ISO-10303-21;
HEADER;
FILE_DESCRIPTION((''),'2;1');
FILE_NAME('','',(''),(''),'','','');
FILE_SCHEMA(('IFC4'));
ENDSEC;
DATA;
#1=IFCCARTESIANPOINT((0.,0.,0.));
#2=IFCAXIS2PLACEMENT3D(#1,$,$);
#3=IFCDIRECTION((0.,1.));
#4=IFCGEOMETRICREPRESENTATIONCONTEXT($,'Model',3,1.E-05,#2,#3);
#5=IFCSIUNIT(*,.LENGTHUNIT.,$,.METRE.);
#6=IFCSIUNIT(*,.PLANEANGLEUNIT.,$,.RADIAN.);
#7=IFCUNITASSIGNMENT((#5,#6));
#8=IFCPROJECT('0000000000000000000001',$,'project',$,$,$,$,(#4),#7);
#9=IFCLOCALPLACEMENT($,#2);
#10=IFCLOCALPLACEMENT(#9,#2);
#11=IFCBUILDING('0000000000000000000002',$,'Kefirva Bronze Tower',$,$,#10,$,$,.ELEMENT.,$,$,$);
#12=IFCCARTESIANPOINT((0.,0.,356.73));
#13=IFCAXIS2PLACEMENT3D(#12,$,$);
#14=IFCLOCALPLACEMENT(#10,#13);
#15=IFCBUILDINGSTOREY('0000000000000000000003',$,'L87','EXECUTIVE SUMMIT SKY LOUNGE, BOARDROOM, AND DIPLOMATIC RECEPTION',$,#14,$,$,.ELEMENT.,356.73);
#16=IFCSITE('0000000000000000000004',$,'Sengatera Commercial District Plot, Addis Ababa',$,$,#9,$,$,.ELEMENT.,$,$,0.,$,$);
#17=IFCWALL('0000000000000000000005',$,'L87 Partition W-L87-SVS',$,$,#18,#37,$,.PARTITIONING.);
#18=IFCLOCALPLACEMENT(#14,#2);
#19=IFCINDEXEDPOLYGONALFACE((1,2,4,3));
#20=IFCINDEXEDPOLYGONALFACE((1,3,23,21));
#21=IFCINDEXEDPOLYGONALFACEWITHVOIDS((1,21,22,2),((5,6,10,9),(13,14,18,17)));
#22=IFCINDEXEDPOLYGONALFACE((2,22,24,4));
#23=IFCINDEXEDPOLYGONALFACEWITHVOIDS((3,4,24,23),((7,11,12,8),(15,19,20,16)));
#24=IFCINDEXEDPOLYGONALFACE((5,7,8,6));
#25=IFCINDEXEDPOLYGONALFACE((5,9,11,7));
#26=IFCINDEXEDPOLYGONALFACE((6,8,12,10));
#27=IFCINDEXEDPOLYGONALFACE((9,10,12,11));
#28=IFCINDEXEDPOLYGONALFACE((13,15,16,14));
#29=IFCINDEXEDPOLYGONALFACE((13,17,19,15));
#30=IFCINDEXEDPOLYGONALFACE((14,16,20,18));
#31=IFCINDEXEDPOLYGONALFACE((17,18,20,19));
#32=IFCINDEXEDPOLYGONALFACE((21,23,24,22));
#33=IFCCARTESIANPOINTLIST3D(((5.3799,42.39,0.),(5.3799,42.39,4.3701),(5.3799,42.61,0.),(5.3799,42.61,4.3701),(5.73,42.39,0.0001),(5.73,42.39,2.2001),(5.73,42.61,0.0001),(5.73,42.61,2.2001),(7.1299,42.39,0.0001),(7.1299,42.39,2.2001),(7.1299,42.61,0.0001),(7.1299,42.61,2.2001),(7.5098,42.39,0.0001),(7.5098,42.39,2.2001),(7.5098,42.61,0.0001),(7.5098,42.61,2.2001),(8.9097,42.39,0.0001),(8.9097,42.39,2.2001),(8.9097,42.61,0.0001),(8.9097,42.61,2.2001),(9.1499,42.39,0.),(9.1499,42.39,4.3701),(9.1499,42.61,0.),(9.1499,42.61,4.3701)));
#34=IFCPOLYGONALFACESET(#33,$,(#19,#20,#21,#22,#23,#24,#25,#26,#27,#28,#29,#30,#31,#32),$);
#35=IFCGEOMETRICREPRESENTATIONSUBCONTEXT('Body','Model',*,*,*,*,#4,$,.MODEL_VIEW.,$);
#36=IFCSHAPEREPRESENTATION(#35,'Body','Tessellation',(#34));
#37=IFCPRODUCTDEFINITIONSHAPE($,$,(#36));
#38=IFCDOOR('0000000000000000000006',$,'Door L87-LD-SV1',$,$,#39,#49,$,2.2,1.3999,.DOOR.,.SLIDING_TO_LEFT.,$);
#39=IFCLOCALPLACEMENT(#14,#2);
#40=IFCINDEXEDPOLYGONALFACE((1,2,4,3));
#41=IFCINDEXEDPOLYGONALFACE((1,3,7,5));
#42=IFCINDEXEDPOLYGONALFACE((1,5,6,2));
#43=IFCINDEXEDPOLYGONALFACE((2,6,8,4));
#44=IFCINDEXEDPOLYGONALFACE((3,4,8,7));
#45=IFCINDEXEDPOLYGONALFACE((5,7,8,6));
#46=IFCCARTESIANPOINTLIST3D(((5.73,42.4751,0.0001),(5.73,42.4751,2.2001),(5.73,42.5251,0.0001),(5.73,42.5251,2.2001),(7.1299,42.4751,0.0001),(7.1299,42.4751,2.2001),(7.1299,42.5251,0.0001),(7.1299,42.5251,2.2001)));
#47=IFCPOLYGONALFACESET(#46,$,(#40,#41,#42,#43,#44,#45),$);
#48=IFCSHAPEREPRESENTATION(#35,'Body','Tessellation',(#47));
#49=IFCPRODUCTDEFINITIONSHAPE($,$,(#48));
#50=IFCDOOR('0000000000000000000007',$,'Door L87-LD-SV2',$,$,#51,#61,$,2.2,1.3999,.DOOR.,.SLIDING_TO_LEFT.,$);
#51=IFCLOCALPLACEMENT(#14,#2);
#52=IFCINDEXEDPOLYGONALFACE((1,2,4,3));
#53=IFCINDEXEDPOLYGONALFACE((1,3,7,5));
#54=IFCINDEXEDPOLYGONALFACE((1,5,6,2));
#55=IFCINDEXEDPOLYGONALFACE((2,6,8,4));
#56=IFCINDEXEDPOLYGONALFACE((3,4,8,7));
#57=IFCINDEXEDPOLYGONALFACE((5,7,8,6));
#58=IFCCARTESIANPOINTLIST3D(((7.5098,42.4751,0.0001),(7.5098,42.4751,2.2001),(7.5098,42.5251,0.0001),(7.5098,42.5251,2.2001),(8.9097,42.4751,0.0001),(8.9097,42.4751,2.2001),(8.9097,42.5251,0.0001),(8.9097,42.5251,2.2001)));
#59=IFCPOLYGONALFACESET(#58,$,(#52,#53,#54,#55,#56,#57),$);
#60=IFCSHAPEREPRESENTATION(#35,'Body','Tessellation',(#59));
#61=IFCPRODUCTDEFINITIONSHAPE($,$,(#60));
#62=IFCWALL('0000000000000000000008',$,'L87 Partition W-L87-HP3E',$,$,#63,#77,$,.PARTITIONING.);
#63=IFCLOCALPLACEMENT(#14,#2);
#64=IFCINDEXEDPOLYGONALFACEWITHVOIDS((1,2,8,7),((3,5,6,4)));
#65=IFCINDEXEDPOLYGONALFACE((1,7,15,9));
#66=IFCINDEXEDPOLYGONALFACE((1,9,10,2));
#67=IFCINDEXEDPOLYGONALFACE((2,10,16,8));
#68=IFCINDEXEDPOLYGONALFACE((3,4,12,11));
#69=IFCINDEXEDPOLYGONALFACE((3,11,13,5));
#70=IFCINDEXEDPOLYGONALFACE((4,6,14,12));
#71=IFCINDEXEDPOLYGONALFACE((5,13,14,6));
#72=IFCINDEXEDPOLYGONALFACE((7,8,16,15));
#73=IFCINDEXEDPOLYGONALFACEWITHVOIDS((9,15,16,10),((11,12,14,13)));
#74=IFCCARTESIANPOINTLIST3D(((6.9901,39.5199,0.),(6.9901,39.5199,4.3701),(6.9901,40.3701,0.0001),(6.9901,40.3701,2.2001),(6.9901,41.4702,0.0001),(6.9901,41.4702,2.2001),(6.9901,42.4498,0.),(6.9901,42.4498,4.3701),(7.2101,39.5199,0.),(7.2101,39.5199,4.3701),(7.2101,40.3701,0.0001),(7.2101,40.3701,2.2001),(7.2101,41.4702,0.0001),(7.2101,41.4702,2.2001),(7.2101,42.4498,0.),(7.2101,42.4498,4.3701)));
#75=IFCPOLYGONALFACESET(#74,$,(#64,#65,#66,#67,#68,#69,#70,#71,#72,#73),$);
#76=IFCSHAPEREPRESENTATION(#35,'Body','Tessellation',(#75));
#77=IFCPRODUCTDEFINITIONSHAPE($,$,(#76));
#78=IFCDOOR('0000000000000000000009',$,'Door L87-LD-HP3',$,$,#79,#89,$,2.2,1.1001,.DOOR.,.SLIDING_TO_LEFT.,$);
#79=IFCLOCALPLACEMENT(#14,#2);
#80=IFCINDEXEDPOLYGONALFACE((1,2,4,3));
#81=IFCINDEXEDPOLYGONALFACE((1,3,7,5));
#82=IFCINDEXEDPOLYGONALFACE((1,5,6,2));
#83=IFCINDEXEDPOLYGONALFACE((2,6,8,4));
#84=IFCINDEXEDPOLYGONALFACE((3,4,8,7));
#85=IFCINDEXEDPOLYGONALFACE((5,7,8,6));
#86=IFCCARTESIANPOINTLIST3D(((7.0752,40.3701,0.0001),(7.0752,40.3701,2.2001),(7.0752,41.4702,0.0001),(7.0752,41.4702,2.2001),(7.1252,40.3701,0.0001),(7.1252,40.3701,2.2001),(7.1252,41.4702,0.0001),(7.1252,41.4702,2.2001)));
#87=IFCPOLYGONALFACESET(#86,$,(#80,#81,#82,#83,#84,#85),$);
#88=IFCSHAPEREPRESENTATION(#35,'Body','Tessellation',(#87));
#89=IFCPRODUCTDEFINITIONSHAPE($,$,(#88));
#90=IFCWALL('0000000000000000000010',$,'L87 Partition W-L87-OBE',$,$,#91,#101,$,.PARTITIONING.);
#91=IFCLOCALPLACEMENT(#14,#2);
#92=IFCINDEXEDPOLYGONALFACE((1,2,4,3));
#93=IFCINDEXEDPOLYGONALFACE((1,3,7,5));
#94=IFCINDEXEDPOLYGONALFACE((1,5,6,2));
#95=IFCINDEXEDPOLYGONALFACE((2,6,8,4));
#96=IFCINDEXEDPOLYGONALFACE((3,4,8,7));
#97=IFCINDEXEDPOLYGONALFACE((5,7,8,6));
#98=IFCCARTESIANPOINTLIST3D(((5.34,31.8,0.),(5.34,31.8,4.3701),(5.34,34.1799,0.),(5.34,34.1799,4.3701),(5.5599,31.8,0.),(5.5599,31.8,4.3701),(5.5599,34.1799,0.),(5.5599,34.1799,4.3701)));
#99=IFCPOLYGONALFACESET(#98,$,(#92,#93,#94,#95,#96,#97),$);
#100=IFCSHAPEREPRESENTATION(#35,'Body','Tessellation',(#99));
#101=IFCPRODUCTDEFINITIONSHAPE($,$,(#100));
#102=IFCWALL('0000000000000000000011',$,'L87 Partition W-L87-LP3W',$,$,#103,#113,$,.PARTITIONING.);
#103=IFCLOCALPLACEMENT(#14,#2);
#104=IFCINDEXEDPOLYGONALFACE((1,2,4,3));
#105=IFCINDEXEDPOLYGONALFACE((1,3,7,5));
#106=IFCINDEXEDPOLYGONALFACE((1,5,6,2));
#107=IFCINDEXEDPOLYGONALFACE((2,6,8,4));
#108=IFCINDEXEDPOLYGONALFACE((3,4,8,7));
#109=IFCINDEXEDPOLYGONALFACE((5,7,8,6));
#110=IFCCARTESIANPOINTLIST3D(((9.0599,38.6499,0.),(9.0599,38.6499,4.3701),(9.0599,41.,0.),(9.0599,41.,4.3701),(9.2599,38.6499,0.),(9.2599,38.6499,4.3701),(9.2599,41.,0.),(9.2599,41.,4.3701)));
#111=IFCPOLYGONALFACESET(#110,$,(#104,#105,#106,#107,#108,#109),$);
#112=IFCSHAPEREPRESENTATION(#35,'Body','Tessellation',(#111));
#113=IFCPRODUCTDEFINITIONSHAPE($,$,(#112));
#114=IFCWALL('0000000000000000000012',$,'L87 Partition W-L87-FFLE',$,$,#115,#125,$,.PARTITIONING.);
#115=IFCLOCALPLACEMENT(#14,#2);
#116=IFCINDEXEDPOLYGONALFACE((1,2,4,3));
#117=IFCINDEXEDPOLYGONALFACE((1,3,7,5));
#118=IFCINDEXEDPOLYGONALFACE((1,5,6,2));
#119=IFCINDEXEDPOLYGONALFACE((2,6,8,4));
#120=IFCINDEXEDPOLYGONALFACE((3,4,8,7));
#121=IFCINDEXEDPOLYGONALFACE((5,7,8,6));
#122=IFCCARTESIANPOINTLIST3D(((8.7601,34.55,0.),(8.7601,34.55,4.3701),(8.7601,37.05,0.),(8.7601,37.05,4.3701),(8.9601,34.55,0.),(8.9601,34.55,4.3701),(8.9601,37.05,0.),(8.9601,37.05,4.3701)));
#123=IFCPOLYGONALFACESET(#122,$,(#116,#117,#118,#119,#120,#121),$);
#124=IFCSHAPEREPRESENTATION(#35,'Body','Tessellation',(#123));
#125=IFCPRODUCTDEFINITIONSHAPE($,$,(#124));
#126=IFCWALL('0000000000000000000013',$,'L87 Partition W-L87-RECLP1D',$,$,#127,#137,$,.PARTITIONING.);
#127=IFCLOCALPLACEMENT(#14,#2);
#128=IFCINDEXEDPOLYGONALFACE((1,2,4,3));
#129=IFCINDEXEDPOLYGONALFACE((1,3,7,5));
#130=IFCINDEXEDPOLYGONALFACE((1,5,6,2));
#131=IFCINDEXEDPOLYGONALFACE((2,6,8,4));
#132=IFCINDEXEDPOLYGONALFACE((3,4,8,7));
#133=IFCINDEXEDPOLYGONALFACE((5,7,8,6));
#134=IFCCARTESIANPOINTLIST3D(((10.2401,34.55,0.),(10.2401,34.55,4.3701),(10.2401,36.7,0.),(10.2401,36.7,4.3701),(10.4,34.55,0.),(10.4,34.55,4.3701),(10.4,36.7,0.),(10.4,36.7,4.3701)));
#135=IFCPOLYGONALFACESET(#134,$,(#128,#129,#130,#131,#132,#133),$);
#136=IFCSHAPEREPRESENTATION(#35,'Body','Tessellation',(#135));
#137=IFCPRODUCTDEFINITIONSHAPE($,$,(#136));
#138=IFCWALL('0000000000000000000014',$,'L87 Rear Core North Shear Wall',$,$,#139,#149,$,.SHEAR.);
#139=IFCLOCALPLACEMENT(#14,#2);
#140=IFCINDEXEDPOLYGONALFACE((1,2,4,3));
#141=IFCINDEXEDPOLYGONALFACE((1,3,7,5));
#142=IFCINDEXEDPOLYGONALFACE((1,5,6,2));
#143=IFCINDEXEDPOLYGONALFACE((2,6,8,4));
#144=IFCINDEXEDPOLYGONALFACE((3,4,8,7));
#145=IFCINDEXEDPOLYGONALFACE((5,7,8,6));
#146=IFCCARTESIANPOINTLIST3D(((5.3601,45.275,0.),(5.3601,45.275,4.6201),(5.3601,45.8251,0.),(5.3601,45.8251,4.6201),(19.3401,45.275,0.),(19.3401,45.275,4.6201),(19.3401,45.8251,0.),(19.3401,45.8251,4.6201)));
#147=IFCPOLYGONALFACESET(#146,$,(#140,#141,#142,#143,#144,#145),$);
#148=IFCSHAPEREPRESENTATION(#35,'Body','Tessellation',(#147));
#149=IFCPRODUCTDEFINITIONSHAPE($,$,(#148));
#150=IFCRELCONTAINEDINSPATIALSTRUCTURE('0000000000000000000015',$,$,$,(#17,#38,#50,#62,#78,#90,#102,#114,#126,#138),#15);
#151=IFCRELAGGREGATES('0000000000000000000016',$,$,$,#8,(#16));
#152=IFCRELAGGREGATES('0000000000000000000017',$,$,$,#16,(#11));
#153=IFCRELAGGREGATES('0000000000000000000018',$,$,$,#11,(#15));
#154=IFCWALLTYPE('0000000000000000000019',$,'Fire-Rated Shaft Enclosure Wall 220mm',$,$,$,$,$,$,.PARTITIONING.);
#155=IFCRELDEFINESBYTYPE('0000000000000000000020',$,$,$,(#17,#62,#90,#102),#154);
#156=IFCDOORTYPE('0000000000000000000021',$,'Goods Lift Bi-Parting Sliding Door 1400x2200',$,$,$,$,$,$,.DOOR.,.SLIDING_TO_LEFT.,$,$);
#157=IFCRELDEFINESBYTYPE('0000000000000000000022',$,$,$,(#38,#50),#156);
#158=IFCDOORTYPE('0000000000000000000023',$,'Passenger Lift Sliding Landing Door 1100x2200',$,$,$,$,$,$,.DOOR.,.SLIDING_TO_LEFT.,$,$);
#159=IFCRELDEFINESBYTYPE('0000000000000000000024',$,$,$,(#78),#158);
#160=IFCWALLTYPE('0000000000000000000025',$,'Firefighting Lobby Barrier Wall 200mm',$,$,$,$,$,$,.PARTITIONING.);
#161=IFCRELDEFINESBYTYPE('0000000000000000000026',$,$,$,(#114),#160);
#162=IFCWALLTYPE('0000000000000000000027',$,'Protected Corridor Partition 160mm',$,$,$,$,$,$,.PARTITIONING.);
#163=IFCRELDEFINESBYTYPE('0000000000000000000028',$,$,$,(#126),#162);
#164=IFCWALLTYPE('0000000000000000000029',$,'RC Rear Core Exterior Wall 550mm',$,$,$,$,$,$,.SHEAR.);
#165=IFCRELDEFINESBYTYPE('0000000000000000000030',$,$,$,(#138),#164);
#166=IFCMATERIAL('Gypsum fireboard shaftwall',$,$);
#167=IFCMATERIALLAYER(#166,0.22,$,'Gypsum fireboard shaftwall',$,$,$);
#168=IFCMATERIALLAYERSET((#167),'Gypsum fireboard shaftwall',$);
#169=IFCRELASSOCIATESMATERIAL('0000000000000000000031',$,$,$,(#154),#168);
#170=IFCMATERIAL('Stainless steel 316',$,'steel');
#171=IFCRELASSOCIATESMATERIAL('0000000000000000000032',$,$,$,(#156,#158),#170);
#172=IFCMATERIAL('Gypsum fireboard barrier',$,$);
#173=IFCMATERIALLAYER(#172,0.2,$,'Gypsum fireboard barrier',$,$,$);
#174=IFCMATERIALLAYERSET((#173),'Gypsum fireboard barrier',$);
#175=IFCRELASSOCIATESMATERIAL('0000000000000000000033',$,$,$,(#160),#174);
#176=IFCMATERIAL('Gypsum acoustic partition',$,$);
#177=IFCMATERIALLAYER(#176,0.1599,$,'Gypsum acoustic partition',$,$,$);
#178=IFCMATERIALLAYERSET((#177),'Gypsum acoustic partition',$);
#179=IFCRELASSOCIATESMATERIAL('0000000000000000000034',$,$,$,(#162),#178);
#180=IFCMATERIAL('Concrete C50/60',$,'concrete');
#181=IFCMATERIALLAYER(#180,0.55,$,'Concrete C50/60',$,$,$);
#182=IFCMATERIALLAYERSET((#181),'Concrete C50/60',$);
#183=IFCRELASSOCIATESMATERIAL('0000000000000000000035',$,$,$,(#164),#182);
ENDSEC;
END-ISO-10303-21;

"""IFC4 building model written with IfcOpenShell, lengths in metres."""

from ifc_helpers import new_model, si_unit, direction, frame, frame_2d, origin, place, context, subcontext, project, spatial, rectangle, extrude, material, layer, layer_set, type_object, element, fill, save


model = new_model("IFC4")

# Units and contexts
model_context = context("Model", 3, precision=1e-05, world=origin(), true_north=direction((0.0, 1.0)))
body_context = subcontext(model_context, "Body", "Model", "MODEL_VIEW")
ifc_project = project(units=[si_unit("LENGTHUNIT", "METRE"), si_unit("PLANEANGLEUNIT", "RADIAN")], contexts=[model_context])

# Site, building, storey
site_placement = place(None, origin())
site = spatial("IfcSite", under=ifc_project, at=site_placement, Name="Sengatera Commercial District Plot, Addis Ababa", CompositionType="ELEMENT", RefElevation=0.0)
building_placement = place(site_placement, origin())
building = spatial("IfcBuilding", under=site, at=building_placement, Name="Kefirva Bronze Tower", CompositionType="ELEMENT")
storey_placement = place(building_placement, frame((0.0, 0.0, 356.73)))
storey = spatial("IfcBuildingStorey", under=building, at=storey_placement, Name="L87", Description="EXECUTIVE SUMMIT SKY LOUNGE, BOARDROOM, AND DIPLOMATIC RECEPTION", CompositionType="ELEMENT", Elevation=356.73)

# Shared definitions
ifc_material_1 = material(Name="Concrete C50/60", Category="concrete")

# Shared definitions
ifc_material_2 = material(Name="Gypsum fireboard shaftwall")
ifc_layer_1 = layer(ifc_material_2, 0.22, Name="Gypsum fireboard shaftwall")
ifc_layer_set_1 = layer_set([ifc_layer_1], Name="Gypsum fireboard shaftwall")
wall_type_1 = type_object("IfcWallType", Name="Fire-Rated Shaft Enclosure Wall 220mm", PredefinedType="PARTITIONING", material=ifc_layer_set_1)
ifc_material_3 = material(Name="Stainless steel 316", Category="steel")

# Wall, openings, doors
wall_1_placement = place(storey_placement, frame((5.3799, 42.5, 0.0), z_axis=(0.0, 0.0, 1.0), x_axis=(1.0, 0.0, 0.0)))
wall_1 = element("IfcWall", 1, at=wall_1_placement, inside=storey, type_object=wall_type_1, Name="L87 Partition W-L87-SVS", PredefinedType="PARTITIONING", context=body_context, shape_type="SweptSolid", body=[
    extrude(rectangle(XDim=3.77, YDim=0.22, at=frame_2d((1.885, 0.0))), origin(), (0.0, 0.0, 1.0), 4.3701),
])
opening_1_placement = place(wall_1_placement, frame((1.75, 0.0, 0.0), z_axis=(0.0, 0.0, 1.0), x_axis=(-1.0, 0.0, 0.0)))
opening_1 = element("IfcOpeningElement", 2, at=opening_1_placement, cuts=wall_1, PredefinedType="OPENING", context=body_context, shape_type="SweptSolid", body=[
    extrude(rectangle(XDim=1.3999, YDim=2.2, at=frame_2d((0.7, 1.1001))), frame((0.0, 0.1201, 0.0), z_axis=(0.0, -1.0, 0.0), x_axis=(1.0, 0.0, 0.0)), (0.0, 0.0, 1.0), 0.24),
])
opening_2_placement = place(wall_1_placement, frame((3.5298, 0.0, 0.0), z_axis=(0.0, 0.0, 1.0), x_axis=(-1.0, 0.0, 0.0)))
opening_2 = element("IfcOpeningElement", 3, at=opening_2_placement, cuts=wall_1, PredefinedType="OPENING", context=body_context, shape_type="SweptSolid", body=[
    extrude(rectangle(XDim=1.3999, YDim=2.2, at=frame_2d((0.7, 1.1001))), frame((0.0, 0.1201, 0.0), z_axis=(0.0, -1.0, 0.0), x_axis=(1.0, 0.0, 0.0)), (0.0, 0.0, 1.0), 0.24),
])
door_type_1 = type_object("IfcDoorType", Name="Goods Lift Bi-Parting Sliding Door 1400x2200", OperationType="SLIDING_TO_LEFT", PredefinedType="DOOR", material=ifc_material_3)
door_1_placement = place(opening_1_placement, origin())
door_1 = element("IfcDoor", 4, at=door_1_placement, inside=storey, type_object=door_type_1, Name="Door L87-LD-SV1", OperationType="SLIDING_TO_LEFT", OverallHeight=2.2, OverallWidth=1.3999, PredefinedType="DOOR", context=body_context, shape_type="SweptSolid", body=[
    extrude(rectangle(XDim=1.3999, YDim=2.2, at=frame_2d((0.7, 1.1001))), frame((0.0, 0.0249, 0.0), z_axis=(0.0, -1.0, 0.0), x_axis=(1.0, 0.0, 0.0)), (0.0, 0.0, 1.0), 0.05),
])
fill(opening_1, door_1)
door_2_placement = place(opening_2_placement, origin())
door_2 = element("IfcDoor", 5, at=door_2_placement, inside=storey, type_object=door_type_1, Name="Door L87-LD-SV2", OperationType="SLIDING_TO_LEFT", OverallHeight=2.2, OverallWidth=1.3999, PredefinedType="DOOR", context=body_context, shape_type="SweptSolid", body=[
    extrude(rectangle(XDim=1.3999, YDim=2.2, at=frame_2d((0.7, 1.1001))), frame((0.0, 0.0249, 0.0), z_axis=(0.0, -1.0, 0.0), x_axis=(1.0, 0.0, 0.0)), (0.0, 0.0, 1.0), 0.05),
])
fill(opening_2, door_2)

# Wall, opening, door
wall_2_placement = place(storey_placement, frame((7.1001, 39.52, 0.0), z_axis=(0.0, 0.0, 1.0), x_axis=(0.0, 1.0, 0.0)))
wall_2 = element("IfcWall", 6, at=wall_2_placement, inside=storey, type_object=wall_type_1, Name="L87 Partition W-L87-HP3E", PredefinedType="PARTITIONING", context=body_context, shape_type="SweptSolid", body=[
    extrude(rectangle(XDim=2.9299, YDim=0.22, at=frame_2d((1.4648, 0.0))), origin(), (0.0, 0.0, 1.0), 4.3701),
])
opening_3_placement = place(wall_2_placement, frame((0.8501, 0.0, 0.0)))
opening_3 = element("IfcOpeningElement", 7, at=opening_3_placement, cuts=wall_2, PredefinedType="OPENING", context=body_context, shape_type="SweptSolid", body=[
    extrude(rectangle(XDim=1.1001, YDim=2.2, at=frame_2d((0.55, 1.1001))), frame((0.0, 0.1201, 0.0), z_axis=(0.0, -1.0, 0.0), x_axis=(1.0, 0.0, 0.0)), (0.0, 0.0, 1.0), 0.24),
])
door_type_2 = type_object("IfcDoorType", Name="Passenger Lift Sliding Landing Door 1100x2200", OperationType="SLIDING_TO_LEFT", PredefinedType="DOOR", material=ifc_material_3)
door_3_placement = place(opening_3_placement, origin())
door_3 = element("IfcDoor", 8, at=door_3_placement, inside=storey, type_object=door_type_2, Name="Door L87-LD-HP3", OperationType="SLIDING_TO_LEFT", OverallHeight=2.2, OverallWidth=1.1001, PredefinedType="DOOR", context=body_context, shape_type="SweptSolid", body=[
    extrude(rectangle(XDim=1.1001, YDim=2.2, at=frame_2d((0.55, 1.1001))), frame((0.0, 0.0249, 0.0), z_axis=(0.0, -1.0, 0.0), x_axis=(1.0, 0.0, 0.0)), (0.0, 0.0, 1.0), 0.05),
])
fill(opening_3, door_3)

# Walls
wall_3_placement = place(storey_placement, frame((5.45, 31.8, 0.0), z_axis=(0.0, 0.0, 1.0), x_axis=(0.0, 1.0, 0.0)))
element("IfcWall", 9, at=wall_3_placement, inside=storey, type_object=wall_type_1, Name="L87 Partition W-L87-OBE", PredefinedType="PARTITIONING", context=body_context, shape_type="SweptSolid", body=[
    extrude(rectangle(XDim=2.3799, YDim=0.22, at=frame_2d((1.1899, 0.0))), origin(), (0.0, 0.0, 1.0), 4.3701),
])
wall_4_placement = place(storey_placement, frame((9.1599, 38.6499, 0.0), z_axis=(0.0, 0.0, 1.0), x_axis=(0.0, 1.0, 0.0)))
element("IfcWall", 10, at=wall_4_placement, inside=storey, type_object=wall_type_1, Name="L87 Partition W-L87-LP3W", PredefinedType="PARTITIONING", context=body_context, shape_type="SweptSolid", body=[
    extrude(rectangle(XDim=2.3501, YDim=0.2, at=frame_2d((1.175, 0.0))), origin(), (0.0, 0.0, 1.0), 4.3701),
])
ifc_material_4 = material(Name="Gypsum fireboard barrier")
ifc_layer_2 = layer(ifc_material_4, 0.2, Name="Gypsum fireboard barrier")
ifc_layer_set_2 = layer_set([ifc_layer_2], Name="Gypsum fireboard barrier")
wall_type_2 = type_object("IfcWallType", Name="Firefighting Lobby Barrier Wall 200mm", PredefinedType="PARTITIONING", material=ifc_layer_set_2)
wall_5_placement = place(storey_placement, frame((8.8601, 34.55, 0.0), z_axis=(0.0, 0.0, 1.0), x_axis=(0.0, 1.0, 0.0)))
element("IfcWall", 11, at=wall_5_placement, inside=storey, type_object=wall_type_2, Name="L87 Partition W-L87-FFLE", PredefinedType="PARTITIONING", context=body_context, shape_type="SweptSolid", body=[
    extrude(rectangle(XDim=2.5, YDim=0.2, at=frame_2d((1.25, 0.0))), origin(), (0.0, 0.0, 1.0), 4.3701),
])

# Shared definitions
ifc_material_5 = material(Name="Gypsum acoustic partition")
ifc_layer_3 = layer(ifc_material_5, 0.1599, Name="Gypsum acoustic partition")
ifc_layer_set_3 = layer_set([ifc_layer_3], Name="Gypsum acoustic partition")
wall_type_3 = type_object("IfcWallType", Name="Protected Corridor Partition 160mm", PredefinedType="PARTITIONING", material=ifc_layer_set_3)

# Wall
wall_6_placement = place(storey_placement, frame((10.3201, 34.55, 0.0), z_axis=(0.0, 0.0, 1.0), x_axis=(0.0, 1.0, 0.0)))
element("IfcWall", 12, at=wall_6_placement, inside=storey, type_object=wall_type_3, Name="L87 Partition W-L87-RECLP1D", PredefinedType="PARTITIONING", context=body_context, shape_type="SweptSolid", body=[
    extrude(rectangle(XDim=2.1499, YDim=0.1599, at=frame_2d((1.075, 0.0))), origin(), (0.0, 0.0, 1.0), 4.3701),
])

# Wall
ifc_layer_4 = layer(ifc_material_1, 0.55, Name="Concrete C50/60")
ifc_layer_set_4 = layer_set([ifc_layer_4], Name="Concrete C50/60")
wall_type_4 = type_object("IfcWallType", Name="RC Rear Core Exterior Wall 550mm", PredefinedType="SHEAR", material=ifc_layer_set_4)
wall_7_placement = place(storey_placement, frame((5.3601, 45.55, 0.0), z_axis=(0.0, 0.0, 1.0), x_axis=(1.0, 0.0, 0.0)))
element("IfcWall", 13, at=wall_7_placement, inside=storey, type_object=wall_type_4, Name="L87 Rear Core North Shear Wall", PredefinedType="SHEAR", context=body_context, shape_type="SweptSolid", body=[
    extrude(rectangle(XDim=13.98, YDim=0.55, at=frame_2d((6.99, 0.0))), origin(), (0.0, 0.0, 1.0), 4.6201),
])

save(model, "model.ifc")
